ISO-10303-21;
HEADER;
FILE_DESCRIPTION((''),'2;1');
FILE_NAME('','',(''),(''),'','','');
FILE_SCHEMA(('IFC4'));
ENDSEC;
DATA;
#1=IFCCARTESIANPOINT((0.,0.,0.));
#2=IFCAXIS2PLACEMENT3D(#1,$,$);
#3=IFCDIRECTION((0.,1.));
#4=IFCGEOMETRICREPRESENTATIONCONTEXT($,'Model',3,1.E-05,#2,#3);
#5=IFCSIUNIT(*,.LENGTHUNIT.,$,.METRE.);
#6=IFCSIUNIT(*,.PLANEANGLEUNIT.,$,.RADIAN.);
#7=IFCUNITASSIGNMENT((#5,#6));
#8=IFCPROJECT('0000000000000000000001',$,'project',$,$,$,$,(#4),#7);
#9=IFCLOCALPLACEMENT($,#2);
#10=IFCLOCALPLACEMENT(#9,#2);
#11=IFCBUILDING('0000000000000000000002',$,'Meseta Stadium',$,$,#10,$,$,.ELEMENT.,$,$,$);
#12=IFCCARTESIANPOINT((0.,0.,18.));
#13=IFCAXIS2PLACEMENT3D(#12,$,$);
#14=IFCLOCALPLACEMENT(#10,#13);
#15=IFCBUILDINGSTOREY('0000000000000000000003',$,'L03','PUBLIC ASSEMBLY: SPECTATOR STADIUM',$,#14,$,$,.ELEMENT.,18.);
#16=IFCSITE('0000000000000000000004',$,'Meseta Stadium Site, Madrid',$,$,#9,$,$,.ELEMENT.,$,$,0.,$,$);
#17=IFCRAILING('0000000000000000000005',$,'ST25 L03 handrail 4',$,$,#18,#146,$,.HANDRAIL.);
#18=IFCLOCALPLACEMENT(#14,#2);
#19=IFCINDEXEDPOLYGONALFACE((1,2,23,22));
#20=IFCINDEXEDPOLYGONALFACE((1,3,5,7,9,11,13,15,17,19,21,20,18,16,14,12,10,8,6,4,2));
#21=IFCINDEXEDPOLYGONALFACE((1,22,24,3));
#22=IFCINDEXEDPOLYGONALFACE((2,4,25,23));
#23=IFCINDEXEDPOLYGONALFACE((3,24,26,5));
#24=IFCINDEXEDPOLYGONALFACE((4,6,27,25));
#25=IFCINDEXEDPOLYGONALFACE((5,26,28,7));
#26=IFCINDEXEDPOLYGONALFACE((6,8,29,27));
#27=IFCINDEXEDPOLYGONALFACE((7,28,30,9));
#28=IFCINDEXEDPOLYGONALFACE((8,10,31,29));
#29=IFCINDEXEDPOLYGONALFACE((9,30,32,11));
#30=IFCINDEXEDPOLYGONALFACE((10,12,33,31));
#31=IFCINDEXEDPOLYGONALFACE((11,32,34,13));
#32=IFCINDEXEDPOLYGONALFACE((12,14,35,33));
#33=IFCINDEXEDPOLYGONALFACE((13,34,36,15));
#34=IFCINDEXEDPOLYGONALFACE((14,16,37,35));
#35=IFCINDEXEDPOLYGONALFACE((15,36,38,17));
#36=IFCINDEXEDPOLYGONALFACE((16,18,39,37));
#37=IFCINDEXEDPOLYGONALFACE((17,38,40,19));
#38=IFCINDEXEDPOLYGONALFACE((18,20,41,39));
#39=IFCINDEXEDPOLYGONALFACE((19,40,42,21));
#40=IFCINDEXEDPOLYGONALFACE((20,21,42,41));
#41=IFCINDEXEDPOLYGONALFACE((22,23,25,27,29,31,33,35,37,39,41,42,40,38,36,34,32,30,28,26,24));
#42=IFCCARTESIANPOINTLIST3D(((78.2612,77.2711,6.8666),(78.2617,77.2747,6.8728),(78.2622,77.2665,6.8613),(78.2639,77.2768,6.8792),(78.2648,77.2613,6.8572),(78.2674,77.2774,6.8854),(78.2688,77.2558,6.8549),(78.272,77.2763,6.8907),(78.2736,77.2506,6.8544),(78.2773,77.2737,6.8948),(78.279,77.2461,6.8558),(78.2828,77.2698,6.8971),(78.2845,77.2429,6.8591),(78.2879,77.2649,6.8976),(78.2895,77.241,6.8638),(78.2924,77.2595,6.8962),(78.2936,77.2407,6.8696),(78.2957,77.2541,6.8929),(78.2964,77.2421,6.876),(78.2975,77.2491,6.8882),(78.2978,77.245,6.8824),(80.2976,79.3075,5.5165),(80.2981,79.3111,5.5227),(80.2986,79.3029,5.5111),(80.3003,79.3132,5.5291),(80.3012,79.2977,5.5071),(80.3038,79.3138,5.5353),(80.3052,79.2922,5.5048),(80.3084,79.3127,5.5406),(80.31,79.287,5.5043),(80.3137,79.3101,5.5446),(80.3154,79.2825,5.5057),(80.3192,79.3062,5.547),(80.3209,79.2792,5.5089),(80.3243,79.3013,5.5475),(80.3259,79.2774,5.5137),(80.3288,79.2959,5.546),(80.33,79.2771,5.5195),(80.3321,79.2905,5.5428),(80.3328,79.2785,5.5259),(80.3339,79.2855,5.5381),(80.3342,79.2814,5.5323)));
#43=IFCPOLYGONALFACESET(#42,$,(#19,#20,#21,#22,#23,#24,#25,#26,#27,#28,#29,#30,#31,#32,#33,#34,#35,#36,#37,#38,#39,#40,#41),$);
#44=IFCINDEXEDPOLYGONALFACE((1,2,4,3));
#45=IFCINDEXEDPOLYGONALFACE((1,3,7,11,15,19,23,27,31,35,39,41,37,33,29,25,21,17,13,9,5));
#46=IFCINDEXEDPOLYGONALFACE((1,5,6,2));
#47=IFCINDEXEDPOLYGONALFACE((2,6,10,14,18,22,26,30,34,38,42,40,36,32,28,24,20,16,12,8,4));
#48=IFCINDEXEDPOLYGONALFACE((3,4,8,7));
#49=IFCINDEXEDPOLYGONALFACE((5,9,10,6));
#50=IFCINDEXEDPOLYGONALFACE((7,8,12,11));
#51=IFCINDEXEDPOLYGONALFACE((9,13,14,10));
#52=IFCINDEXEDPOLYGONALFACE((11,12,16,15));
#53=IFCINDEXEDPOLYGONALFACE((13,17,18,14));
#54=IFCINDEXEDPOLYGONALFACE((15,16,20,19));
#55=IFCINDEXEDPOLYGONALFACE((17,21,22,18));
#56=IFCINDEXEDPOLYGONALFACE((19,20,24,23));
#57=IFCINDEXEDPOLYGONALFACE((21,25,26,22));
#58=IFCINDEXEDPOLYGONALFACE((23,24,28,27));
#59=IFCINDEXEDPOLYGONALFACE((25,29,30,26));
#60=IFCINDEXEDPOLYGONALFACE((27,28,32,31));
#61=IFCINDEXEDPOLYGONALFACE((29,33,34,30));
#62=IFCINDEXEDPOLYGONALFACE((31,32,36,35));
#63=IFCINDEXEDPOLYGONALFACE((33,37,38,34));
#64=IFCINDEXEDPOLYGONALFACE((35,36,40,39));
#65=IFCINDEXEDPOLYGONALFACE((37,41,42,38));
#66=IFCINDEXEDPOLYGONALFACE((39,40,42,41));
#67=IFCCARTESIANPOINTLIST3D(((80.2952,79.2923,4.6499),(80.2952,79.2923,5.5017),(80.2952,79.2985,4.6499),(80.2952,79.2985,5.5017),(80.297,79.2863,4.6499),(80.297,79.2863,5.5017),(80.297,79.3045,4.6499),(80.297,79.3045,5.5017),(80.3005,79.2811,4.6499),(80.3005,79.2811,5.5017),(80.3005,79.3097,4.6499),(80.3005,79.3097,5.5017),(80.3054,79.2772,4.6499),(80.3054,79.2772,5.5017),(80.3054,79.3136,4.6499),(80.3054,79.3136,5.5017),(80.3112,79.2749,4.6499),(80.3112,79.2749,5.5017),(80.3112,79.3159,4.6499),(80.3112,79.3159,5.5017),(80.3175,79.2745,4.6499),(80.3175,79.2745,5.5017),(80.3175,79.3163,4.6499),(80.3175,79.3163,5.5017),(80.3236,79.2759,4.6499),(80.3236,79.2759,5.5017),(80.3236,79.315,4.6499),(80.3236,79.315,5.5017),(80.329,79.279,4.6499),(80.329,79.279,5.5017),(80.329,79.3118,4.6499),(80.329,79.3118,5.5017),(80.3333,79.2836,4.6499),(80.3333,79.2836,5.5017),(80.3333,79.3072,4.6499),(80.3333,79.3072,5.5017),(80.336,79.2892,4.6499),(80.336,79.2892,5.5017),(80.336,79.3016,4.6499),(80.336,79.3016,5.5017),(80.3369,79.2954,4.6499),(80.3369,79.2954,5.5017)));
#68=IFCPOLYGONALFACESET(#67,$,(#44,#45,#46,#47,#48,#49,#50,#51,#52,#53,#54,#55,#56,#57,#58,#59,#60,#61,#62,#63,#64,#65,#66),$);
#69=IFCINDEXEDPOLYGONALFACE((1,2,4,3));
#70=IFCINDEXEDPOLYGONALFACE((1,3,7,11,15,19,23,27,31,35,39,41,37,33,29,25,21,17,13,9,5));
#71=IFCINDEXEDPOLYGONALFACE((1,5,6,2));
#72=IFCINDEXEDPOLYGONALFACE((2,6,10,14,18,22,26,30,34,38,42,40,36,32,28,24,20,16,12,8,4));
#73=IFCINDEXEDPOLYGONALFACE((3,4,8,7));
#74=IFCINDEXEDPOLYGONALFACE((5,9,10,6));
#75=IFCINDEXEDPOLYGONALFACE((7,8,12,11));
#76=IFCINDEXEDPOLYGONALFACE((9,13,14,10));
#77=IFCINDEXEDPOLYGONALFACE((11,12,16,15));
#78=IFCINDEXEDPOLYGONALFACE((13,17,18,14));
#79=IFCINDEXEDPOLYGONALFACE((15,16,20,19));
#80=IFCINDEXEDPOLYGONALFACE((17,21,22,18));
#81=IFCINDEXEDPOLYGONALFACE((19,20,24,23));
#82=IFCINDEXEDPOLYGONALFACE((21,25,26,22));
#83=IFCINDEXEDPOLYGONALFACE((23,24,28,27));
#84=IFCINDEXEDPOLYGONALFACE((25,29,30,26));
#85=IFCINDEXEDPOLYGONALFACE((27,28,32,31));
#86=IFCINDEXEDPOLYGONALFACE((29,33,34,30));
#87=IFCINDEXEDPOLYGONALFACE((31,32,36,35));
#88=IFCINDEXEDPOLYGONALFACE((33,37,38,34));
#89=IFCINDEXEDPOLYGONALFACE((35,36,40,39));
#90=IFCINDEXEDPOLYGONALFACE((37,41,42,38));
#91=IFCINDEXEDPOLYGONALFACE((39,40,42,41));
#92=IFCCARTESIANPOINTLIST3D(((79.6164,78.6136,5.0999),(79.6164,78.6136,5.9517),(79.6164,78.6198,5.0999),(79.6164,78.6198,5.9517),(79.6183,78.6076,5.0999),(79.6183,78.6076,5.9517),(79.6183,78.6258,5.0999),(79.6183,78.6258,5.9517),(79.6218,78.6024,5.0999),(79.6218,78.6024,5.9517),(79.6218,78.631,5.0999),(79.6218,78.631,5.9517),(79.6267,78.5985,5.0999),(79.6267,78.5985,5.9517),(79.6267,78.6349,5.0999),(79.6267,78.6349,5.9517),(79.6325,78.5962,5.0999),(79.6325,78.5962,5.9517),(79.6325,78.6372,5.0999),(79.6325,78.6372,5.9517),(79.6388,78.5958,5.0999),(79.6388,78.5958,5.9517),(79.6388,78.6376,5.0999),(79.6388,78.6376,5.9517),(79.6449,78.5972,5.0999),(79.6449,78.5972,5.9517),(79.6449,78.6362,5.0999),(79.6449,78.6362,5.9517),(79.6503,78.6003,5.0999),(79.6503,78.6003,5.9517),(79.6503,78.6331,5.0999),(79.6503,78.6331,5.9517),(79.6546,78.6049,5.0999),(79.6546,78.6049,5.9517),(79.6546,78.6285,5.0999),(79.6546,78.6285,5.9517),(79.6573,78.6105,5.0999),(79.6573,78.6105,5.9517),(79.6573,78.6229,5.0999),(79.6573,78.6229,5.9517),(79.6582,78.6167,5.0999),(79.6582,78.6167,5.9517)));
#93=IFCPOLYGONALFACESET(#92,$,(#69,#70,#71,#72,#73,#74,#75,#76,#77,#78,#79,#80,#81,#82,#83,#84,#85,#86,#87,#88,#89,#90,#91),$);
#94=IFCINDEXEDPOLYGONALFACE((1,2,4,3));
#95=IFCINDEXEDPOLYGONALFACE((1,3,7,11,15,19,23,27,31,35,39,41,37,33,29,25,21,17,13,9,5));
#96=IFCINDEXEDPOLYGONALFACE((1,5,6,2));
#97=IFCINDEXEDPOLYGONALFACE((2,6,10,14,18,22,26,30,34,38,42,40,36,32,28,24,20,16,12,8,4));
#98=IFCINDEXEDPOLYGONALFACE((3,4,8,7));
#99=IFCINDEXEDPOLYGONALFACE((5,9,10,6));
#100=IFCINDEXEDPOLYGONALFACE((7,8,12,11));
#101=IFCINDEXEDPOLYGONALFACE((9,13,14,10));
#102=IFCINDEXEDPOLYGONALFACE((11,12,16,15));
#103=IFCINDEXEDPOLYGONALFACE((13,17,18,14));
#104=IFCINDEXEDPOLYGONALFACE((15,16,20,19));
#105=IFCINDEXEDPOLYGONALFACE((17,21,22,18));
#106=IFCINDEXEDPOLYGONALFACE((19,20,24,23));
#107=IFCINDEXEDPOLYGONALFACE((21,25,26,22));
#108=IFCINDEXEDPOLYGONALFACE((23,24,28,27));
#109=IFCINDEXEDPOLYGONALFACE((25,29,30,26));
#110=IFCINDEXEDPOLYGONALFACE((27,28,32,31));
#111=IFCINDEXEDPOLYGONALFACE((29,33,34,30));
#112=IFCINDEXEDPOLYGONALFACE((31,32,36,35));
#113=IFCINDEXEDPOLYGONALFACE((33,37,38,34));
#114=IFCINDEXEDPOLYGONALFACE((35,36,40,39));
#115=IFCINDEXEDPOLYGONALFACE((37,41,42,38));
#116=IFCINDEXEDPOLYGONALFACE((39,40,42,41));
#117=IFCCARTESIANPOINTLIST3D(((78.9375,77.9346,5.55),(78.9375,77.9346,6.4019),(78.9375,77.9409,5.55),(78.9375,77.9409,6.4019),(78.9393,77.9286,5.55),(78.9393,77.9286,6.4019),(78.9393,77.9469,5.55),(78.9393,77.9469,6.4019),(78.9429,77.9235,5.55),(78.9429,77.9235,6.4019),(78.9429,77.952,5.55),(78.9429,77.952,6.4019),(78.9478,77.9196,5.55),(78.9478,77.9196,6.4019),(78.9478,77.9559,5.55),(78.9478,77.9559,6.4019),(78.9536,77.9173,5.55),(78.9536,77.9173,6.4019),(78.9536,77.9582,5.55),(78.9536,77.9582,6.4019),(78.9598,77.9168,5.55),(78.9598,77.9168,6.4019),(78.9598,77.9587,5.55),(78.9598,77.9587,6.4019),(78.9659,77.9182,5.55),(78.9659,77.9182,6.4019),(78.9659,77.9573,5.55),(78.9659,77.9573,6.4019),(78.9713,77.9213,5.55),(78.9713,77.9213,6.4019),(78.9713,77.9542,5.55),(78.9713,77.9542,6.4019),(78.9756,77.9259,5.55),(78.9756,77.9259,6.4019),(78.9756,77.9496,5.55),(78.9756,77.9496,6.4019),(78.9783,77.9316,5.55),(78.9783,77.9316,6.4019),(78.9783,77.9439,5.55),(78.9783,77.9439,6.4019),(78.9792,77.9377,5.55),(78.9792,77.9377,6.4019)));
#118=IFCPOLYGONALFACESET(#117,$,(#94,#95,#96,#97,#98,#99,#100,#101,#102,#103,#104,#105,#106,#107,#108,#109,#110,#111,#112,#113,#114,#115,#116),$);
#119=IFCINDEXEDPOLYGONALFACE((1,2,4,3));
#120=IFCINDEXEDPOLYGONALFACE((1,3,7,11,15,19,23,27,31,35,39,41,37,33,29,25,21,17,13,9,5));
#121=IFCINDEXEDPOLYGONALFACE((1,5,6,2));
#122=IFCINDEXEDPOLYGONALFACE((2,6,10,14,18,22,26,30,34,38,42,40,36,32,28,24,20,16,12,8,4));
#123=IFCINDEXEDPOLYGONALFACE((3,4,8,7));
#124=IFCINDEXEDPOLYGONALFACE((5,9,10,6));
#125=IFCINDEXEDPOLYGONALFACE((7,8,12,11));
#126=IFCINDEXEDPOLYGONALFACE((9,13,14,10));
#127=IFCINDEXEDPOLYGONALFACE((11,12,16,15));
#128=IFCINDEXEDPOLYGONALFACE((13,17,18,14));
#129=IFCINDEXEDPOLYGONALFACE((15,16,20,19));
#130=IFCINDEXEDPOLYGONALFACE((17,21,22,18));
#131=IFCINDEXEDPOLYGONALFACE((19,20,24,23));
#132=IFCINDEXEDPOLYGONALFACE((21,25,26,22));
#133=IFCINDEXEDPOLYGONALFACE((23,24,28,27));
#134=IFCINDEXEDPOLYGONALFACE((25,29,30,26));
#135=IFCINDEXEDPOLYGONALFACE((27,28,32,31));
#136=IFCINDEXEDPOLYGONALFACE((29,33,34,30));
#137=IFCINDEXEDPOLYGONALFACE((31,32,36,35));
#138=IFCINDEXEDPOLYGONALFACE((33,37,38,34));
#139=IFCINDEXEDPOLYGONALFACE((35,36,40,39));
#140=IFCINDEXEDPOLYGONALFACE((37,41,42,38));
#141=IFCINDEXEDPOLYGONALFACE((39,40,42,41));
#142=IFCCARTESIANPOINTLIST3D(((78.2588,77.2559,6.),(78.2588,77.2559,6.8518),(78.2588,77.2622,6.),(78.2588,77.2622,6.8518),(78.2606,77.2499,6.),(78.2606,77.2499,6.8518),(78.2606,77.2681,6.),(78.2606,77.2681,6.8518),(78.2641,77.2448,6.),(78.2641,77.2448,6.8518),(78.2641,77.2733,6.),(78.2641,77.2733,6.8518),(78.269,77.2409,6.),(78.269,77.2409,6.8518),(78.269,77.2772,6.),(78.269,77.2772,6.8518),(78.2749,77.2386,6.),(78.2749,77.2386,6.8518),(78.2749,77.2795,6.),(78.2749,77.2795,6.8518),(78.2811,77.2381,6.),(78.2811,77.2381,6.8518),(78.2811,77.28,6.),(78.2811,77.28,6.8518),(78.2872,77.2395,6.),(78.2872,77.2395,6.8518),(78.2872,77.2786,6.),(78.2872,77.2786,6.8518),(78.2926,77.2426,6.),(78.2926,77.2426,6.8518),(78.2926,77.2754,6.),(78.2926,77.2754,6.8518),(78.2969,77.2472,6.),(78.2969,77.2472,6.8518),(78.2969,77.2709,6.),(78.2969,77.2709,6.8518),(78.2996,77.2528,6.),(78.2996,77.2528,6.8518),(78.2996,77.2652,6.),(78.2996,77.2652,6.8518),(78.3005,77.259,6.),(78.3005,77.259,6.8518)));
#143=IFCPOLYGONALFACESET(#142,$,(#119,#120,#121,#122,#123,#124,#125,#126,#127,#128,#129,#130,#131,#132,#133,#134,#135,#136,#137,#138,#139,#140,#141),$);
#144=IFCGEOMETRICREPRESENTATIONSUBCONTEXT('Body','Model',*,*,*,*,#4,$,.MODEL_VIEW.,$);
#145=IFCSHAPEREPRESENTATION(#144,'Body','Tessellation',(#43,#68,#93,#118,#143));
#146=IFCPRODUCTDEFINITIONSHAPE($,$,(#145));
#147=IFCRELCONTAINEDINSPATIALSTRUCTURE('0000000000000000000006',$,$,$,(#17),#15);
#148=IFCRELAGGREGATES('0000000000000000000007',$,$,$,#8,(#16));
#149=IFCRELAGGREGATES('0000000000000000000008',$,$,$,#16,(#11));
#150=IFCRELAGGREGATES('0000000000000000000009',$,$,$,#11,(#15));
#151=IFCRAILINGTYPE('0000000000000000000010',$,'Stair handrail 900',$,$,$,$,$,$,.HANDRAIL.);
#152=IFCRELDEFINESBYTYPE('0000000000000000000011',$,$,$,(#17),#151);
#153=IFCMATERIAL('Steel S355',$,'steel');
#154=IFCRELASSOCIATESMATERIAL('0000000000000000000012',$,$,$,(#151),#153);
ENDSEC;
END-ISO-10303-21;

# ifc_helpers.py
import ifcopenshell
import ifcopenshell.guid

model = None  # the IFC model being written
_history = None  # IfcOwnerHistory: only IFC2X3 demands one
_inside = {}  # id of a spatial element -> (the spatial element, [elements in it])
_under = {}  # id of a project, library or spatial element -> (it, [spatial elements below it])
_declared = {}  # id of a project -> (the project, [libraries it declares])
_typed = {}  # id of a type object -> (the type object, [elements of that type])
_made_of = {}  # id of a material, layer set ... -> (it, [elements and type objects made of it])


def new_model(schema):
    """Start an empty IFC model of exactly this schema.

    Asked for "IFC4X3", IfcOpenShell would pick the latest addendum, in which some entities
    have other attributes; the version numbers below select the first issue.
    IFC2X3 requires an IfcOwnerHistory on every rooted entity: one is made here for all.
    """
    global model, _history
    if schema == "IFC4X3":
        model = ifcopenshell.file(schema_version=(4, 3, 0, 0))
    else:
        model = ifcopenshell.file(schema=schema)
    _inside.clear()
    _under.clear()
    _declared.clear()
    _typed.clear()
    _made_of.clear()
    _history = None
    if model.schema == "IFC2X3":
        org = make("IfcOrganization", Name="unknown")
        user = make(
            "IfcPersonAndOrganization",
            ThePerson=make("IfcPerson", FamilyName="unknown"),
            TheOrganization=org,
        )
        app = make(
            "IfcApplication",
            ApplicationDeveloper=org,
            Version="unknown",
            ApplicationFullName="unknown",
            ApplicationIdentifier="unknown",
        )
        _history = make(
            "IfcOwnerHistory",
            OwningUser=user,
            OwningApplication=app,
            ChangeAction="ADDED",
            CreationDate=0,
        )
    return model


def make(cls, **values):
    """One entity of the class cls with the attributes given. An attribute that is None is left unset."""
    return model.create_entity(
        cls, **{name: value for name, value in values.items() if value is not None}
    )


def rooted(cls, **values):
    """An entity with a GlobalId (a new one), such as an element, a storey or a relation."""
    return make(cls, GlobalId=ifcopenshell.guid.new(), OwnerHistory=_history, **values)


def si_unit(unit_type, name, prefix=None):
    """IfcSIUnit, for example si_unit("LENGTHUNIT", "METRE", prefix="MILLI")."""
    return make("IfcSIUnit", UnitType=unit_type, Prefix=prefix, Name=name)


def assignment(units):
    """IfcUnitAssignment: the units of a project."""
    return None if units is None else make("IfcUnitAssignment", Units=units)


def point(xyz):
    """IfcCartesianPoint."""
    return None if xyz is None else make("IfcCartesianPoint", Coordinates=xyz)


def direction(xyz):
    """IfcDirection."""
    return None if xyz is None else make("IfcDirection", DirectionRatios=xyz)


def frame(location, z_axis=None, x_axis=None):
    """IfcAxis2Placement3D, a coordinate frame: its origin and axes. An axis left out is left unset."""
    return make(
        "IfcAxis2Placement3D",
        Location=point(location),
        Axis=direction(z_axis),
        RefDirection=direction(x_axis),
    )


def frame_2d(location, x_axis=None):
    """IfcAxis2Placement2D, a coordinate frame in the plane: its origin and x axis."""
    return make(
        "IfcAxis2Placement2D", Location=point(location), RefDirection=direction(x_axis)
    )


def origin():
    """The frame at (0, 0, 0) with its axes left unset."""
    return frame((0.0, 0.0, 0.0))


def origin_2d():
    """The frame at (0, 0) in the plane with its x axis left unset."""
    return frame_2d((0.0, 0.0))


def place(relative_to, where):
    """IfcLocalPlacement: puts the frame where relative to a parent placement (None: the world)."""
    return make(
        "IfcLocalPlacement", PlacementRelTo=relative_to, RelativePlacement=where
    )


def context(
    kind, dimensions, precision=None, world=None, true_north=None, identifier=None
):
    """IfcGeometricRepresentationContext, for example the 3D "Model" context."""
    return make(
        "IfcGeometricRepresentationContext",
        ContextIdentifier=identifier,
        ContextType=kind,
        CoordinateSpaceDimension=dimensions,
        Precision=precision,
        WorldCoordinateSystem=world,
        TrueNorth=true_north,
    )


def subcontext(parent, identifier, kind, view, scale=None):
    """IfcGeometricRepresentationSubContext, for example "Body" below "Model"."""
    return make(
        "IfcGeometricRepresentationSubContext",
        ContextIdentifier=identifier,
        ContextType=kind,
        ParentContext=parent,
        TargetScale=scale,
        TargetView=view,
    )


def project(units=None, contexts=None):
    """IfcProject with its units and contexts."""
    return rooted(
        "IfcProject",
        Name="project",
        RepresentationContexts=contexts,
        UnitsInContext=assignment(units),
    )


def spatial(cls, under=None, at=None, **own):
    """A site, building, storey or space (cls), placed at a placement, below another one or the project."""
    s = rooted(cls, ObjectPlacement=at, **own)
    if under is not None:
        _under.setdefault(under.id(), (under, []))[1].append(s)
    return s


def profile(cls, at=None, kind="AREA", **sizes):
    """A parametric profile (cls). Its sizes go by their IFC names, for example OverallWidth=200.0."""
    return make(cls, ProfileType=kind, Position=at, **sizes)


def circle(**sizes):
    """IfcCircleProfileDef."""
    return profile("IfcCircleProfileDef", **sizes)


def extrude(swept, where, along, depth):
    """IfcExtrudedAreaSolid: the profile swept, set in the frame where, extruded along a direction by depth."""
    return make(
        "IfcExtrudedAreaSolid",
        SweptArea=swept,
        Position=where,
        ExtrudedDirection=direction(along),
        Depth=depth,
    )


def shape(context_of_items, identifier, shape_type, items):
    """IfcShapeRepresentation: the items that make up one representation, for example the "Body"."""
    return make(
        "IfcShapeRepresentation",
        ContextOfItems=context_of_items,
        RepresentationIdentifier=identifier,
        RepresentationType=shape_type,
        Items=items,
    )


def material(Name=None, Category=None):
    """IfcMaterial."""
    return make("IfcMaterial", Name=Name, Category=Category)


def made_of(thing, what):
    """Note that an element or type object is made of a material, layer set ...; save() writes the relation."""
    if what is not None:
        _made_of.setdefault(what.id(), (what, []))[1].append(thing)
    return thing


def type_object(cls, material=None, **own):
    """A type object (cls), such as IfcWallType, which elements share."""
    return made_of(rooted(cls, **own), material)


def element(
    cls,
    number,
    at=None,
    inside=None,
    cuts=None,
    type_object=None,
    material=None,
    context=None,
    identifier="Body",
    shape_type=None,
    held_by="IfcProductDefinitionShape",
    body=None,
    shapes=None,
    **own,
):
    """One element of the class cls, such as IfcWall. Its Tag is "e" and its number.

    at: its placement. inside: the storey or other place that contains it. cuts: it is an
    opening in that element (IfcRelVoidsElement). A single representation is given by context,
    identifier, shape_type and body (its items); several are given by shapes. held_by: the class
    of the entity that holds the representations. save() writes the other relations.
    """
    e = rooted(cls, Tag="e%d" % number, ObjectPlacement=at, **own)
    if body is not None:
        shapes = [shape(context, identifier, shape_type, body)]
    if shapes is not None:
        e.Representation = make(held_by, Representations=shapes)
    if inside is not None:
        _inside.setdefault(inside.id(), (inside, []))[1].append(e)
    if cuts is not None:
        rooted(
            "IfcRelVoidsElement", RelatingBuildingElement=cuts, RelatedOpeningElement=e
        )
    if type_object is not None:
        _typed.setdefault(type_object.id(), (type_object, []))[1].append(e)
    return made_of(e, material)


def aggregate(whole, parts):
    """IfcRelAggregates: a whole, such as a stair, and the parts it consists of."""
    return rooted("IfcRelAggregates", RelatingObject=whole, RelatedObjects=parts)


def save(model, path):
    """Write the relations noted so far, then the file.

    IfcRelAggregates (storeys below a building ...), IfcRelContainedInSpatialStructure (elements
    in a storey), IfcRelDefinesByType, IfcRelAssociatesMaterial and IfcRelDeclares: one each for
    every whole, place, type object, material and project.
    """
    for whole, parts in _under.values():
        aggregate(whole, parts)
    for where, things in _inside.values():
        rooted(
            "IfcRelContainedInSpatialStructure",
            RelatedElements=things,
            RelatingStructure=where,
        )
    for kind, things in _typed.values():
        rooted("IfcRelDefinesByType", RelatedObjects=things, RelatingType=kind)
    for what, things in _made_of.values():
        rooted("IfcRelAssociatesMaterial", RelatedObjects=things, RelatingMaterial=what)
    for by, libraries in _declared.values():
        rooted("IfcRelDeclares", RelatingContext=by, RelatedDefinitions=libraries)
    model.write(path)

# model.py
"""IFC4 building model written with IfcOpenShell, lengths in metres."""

from ifc_helpers import new_model, si_unit, direction, frame, origin, origin_2d, place, context, subcontext, project, spatial, circle, extrude, material, type_object, element, save


model = new_model("IFC4")

# Units and contexts
model_context = context("Model", 3, precision=1e-05, world=origin(), true_north=direction((0.0, 1.0)))
body_context = subcontext(model_context, "Body", "Model", "MODEL_VIEW")
ifc_project = project(units=[si_unit("LENGTHUNIT", "METRE"), si_unit("PLANEANGLEUNIT", "RADIAN")], contexts=[model_context])

# Site, building, storey
site_placement = place(None, origin())
site = spatial("IfcSite", under=ifc_project, at=site_placement, Name="Meseta Stadium Site, Madrid", CompositionType="ELEMENT", RefElevation=0.0)
building_placement = place(site_placement, origin())
building = spatial("IfcBuilding", under=site, at=building_placement, Name="Meseta Stadium", CompositionType="ELEMENT")
storey_placement = place(building_placement, frame((0.0, 0.0, 18.0)))
storey = spatial("IfcBuildingStorey", under=building, at=storey_placement, Name="L03", Description="PUBLIC ASSEMBLY: SPECTATOR STADIUM", CompositionType="ELEMENT", Elevation=18.0)

# Railing
ifc_material_1 = material(Name="Steel S355", Category="steel")
railing_type_1 = type_object("IfcRailingType", Name="Stair handrail 900", PredefinedType="HANDRAIL", material=ifc_material_1)
railing_1_placement = place(storey_placement, frame((80.3159, 79.2954, 4.6499)))
element("IfcRailing", 1, at=railing_1_placement, inside=storey, type_object=railing_type_1, Name="ST25 L03 handrail 4", PredefinedType="HANDRAIL", context=body_context, shape_type="SweptSolid", body=[
    extrude(circle(Radius=0.0239, at=origin_2d()), frame((0.0, 0.0, 0.876), z_axis=(-0.640243, -0.640243, 0.424475), x_axis=(0.707107, -0.707107, 0.0)), (0.0, 0.0, 1.0), 3.1807),
    extrude(circle(Radius=0.021, at=origin_2d()), origin(), (0.0, 0.0, 1.0), 0.8518),
    extrude(circle(Radius=0.021, at=origin_2d()), frame((-0.6787, -0.6787, 0.45)), (0.0, 0.0, 1.0), 0.8518),
    extrude(circle(Radius=0.021, at=origin_2d()), frame((-1.3577, -1.3577, 0.9001)), (0.0, 0.0, 1.0), 0.8518),
    extrude(circle(Radius=0.021, at=origin_2d()), frame((-2.0364, -2.0364, 1.3501)), (0.0, 0.0, 1.0), 0.8518),
])

save(model, "model.ifc")
